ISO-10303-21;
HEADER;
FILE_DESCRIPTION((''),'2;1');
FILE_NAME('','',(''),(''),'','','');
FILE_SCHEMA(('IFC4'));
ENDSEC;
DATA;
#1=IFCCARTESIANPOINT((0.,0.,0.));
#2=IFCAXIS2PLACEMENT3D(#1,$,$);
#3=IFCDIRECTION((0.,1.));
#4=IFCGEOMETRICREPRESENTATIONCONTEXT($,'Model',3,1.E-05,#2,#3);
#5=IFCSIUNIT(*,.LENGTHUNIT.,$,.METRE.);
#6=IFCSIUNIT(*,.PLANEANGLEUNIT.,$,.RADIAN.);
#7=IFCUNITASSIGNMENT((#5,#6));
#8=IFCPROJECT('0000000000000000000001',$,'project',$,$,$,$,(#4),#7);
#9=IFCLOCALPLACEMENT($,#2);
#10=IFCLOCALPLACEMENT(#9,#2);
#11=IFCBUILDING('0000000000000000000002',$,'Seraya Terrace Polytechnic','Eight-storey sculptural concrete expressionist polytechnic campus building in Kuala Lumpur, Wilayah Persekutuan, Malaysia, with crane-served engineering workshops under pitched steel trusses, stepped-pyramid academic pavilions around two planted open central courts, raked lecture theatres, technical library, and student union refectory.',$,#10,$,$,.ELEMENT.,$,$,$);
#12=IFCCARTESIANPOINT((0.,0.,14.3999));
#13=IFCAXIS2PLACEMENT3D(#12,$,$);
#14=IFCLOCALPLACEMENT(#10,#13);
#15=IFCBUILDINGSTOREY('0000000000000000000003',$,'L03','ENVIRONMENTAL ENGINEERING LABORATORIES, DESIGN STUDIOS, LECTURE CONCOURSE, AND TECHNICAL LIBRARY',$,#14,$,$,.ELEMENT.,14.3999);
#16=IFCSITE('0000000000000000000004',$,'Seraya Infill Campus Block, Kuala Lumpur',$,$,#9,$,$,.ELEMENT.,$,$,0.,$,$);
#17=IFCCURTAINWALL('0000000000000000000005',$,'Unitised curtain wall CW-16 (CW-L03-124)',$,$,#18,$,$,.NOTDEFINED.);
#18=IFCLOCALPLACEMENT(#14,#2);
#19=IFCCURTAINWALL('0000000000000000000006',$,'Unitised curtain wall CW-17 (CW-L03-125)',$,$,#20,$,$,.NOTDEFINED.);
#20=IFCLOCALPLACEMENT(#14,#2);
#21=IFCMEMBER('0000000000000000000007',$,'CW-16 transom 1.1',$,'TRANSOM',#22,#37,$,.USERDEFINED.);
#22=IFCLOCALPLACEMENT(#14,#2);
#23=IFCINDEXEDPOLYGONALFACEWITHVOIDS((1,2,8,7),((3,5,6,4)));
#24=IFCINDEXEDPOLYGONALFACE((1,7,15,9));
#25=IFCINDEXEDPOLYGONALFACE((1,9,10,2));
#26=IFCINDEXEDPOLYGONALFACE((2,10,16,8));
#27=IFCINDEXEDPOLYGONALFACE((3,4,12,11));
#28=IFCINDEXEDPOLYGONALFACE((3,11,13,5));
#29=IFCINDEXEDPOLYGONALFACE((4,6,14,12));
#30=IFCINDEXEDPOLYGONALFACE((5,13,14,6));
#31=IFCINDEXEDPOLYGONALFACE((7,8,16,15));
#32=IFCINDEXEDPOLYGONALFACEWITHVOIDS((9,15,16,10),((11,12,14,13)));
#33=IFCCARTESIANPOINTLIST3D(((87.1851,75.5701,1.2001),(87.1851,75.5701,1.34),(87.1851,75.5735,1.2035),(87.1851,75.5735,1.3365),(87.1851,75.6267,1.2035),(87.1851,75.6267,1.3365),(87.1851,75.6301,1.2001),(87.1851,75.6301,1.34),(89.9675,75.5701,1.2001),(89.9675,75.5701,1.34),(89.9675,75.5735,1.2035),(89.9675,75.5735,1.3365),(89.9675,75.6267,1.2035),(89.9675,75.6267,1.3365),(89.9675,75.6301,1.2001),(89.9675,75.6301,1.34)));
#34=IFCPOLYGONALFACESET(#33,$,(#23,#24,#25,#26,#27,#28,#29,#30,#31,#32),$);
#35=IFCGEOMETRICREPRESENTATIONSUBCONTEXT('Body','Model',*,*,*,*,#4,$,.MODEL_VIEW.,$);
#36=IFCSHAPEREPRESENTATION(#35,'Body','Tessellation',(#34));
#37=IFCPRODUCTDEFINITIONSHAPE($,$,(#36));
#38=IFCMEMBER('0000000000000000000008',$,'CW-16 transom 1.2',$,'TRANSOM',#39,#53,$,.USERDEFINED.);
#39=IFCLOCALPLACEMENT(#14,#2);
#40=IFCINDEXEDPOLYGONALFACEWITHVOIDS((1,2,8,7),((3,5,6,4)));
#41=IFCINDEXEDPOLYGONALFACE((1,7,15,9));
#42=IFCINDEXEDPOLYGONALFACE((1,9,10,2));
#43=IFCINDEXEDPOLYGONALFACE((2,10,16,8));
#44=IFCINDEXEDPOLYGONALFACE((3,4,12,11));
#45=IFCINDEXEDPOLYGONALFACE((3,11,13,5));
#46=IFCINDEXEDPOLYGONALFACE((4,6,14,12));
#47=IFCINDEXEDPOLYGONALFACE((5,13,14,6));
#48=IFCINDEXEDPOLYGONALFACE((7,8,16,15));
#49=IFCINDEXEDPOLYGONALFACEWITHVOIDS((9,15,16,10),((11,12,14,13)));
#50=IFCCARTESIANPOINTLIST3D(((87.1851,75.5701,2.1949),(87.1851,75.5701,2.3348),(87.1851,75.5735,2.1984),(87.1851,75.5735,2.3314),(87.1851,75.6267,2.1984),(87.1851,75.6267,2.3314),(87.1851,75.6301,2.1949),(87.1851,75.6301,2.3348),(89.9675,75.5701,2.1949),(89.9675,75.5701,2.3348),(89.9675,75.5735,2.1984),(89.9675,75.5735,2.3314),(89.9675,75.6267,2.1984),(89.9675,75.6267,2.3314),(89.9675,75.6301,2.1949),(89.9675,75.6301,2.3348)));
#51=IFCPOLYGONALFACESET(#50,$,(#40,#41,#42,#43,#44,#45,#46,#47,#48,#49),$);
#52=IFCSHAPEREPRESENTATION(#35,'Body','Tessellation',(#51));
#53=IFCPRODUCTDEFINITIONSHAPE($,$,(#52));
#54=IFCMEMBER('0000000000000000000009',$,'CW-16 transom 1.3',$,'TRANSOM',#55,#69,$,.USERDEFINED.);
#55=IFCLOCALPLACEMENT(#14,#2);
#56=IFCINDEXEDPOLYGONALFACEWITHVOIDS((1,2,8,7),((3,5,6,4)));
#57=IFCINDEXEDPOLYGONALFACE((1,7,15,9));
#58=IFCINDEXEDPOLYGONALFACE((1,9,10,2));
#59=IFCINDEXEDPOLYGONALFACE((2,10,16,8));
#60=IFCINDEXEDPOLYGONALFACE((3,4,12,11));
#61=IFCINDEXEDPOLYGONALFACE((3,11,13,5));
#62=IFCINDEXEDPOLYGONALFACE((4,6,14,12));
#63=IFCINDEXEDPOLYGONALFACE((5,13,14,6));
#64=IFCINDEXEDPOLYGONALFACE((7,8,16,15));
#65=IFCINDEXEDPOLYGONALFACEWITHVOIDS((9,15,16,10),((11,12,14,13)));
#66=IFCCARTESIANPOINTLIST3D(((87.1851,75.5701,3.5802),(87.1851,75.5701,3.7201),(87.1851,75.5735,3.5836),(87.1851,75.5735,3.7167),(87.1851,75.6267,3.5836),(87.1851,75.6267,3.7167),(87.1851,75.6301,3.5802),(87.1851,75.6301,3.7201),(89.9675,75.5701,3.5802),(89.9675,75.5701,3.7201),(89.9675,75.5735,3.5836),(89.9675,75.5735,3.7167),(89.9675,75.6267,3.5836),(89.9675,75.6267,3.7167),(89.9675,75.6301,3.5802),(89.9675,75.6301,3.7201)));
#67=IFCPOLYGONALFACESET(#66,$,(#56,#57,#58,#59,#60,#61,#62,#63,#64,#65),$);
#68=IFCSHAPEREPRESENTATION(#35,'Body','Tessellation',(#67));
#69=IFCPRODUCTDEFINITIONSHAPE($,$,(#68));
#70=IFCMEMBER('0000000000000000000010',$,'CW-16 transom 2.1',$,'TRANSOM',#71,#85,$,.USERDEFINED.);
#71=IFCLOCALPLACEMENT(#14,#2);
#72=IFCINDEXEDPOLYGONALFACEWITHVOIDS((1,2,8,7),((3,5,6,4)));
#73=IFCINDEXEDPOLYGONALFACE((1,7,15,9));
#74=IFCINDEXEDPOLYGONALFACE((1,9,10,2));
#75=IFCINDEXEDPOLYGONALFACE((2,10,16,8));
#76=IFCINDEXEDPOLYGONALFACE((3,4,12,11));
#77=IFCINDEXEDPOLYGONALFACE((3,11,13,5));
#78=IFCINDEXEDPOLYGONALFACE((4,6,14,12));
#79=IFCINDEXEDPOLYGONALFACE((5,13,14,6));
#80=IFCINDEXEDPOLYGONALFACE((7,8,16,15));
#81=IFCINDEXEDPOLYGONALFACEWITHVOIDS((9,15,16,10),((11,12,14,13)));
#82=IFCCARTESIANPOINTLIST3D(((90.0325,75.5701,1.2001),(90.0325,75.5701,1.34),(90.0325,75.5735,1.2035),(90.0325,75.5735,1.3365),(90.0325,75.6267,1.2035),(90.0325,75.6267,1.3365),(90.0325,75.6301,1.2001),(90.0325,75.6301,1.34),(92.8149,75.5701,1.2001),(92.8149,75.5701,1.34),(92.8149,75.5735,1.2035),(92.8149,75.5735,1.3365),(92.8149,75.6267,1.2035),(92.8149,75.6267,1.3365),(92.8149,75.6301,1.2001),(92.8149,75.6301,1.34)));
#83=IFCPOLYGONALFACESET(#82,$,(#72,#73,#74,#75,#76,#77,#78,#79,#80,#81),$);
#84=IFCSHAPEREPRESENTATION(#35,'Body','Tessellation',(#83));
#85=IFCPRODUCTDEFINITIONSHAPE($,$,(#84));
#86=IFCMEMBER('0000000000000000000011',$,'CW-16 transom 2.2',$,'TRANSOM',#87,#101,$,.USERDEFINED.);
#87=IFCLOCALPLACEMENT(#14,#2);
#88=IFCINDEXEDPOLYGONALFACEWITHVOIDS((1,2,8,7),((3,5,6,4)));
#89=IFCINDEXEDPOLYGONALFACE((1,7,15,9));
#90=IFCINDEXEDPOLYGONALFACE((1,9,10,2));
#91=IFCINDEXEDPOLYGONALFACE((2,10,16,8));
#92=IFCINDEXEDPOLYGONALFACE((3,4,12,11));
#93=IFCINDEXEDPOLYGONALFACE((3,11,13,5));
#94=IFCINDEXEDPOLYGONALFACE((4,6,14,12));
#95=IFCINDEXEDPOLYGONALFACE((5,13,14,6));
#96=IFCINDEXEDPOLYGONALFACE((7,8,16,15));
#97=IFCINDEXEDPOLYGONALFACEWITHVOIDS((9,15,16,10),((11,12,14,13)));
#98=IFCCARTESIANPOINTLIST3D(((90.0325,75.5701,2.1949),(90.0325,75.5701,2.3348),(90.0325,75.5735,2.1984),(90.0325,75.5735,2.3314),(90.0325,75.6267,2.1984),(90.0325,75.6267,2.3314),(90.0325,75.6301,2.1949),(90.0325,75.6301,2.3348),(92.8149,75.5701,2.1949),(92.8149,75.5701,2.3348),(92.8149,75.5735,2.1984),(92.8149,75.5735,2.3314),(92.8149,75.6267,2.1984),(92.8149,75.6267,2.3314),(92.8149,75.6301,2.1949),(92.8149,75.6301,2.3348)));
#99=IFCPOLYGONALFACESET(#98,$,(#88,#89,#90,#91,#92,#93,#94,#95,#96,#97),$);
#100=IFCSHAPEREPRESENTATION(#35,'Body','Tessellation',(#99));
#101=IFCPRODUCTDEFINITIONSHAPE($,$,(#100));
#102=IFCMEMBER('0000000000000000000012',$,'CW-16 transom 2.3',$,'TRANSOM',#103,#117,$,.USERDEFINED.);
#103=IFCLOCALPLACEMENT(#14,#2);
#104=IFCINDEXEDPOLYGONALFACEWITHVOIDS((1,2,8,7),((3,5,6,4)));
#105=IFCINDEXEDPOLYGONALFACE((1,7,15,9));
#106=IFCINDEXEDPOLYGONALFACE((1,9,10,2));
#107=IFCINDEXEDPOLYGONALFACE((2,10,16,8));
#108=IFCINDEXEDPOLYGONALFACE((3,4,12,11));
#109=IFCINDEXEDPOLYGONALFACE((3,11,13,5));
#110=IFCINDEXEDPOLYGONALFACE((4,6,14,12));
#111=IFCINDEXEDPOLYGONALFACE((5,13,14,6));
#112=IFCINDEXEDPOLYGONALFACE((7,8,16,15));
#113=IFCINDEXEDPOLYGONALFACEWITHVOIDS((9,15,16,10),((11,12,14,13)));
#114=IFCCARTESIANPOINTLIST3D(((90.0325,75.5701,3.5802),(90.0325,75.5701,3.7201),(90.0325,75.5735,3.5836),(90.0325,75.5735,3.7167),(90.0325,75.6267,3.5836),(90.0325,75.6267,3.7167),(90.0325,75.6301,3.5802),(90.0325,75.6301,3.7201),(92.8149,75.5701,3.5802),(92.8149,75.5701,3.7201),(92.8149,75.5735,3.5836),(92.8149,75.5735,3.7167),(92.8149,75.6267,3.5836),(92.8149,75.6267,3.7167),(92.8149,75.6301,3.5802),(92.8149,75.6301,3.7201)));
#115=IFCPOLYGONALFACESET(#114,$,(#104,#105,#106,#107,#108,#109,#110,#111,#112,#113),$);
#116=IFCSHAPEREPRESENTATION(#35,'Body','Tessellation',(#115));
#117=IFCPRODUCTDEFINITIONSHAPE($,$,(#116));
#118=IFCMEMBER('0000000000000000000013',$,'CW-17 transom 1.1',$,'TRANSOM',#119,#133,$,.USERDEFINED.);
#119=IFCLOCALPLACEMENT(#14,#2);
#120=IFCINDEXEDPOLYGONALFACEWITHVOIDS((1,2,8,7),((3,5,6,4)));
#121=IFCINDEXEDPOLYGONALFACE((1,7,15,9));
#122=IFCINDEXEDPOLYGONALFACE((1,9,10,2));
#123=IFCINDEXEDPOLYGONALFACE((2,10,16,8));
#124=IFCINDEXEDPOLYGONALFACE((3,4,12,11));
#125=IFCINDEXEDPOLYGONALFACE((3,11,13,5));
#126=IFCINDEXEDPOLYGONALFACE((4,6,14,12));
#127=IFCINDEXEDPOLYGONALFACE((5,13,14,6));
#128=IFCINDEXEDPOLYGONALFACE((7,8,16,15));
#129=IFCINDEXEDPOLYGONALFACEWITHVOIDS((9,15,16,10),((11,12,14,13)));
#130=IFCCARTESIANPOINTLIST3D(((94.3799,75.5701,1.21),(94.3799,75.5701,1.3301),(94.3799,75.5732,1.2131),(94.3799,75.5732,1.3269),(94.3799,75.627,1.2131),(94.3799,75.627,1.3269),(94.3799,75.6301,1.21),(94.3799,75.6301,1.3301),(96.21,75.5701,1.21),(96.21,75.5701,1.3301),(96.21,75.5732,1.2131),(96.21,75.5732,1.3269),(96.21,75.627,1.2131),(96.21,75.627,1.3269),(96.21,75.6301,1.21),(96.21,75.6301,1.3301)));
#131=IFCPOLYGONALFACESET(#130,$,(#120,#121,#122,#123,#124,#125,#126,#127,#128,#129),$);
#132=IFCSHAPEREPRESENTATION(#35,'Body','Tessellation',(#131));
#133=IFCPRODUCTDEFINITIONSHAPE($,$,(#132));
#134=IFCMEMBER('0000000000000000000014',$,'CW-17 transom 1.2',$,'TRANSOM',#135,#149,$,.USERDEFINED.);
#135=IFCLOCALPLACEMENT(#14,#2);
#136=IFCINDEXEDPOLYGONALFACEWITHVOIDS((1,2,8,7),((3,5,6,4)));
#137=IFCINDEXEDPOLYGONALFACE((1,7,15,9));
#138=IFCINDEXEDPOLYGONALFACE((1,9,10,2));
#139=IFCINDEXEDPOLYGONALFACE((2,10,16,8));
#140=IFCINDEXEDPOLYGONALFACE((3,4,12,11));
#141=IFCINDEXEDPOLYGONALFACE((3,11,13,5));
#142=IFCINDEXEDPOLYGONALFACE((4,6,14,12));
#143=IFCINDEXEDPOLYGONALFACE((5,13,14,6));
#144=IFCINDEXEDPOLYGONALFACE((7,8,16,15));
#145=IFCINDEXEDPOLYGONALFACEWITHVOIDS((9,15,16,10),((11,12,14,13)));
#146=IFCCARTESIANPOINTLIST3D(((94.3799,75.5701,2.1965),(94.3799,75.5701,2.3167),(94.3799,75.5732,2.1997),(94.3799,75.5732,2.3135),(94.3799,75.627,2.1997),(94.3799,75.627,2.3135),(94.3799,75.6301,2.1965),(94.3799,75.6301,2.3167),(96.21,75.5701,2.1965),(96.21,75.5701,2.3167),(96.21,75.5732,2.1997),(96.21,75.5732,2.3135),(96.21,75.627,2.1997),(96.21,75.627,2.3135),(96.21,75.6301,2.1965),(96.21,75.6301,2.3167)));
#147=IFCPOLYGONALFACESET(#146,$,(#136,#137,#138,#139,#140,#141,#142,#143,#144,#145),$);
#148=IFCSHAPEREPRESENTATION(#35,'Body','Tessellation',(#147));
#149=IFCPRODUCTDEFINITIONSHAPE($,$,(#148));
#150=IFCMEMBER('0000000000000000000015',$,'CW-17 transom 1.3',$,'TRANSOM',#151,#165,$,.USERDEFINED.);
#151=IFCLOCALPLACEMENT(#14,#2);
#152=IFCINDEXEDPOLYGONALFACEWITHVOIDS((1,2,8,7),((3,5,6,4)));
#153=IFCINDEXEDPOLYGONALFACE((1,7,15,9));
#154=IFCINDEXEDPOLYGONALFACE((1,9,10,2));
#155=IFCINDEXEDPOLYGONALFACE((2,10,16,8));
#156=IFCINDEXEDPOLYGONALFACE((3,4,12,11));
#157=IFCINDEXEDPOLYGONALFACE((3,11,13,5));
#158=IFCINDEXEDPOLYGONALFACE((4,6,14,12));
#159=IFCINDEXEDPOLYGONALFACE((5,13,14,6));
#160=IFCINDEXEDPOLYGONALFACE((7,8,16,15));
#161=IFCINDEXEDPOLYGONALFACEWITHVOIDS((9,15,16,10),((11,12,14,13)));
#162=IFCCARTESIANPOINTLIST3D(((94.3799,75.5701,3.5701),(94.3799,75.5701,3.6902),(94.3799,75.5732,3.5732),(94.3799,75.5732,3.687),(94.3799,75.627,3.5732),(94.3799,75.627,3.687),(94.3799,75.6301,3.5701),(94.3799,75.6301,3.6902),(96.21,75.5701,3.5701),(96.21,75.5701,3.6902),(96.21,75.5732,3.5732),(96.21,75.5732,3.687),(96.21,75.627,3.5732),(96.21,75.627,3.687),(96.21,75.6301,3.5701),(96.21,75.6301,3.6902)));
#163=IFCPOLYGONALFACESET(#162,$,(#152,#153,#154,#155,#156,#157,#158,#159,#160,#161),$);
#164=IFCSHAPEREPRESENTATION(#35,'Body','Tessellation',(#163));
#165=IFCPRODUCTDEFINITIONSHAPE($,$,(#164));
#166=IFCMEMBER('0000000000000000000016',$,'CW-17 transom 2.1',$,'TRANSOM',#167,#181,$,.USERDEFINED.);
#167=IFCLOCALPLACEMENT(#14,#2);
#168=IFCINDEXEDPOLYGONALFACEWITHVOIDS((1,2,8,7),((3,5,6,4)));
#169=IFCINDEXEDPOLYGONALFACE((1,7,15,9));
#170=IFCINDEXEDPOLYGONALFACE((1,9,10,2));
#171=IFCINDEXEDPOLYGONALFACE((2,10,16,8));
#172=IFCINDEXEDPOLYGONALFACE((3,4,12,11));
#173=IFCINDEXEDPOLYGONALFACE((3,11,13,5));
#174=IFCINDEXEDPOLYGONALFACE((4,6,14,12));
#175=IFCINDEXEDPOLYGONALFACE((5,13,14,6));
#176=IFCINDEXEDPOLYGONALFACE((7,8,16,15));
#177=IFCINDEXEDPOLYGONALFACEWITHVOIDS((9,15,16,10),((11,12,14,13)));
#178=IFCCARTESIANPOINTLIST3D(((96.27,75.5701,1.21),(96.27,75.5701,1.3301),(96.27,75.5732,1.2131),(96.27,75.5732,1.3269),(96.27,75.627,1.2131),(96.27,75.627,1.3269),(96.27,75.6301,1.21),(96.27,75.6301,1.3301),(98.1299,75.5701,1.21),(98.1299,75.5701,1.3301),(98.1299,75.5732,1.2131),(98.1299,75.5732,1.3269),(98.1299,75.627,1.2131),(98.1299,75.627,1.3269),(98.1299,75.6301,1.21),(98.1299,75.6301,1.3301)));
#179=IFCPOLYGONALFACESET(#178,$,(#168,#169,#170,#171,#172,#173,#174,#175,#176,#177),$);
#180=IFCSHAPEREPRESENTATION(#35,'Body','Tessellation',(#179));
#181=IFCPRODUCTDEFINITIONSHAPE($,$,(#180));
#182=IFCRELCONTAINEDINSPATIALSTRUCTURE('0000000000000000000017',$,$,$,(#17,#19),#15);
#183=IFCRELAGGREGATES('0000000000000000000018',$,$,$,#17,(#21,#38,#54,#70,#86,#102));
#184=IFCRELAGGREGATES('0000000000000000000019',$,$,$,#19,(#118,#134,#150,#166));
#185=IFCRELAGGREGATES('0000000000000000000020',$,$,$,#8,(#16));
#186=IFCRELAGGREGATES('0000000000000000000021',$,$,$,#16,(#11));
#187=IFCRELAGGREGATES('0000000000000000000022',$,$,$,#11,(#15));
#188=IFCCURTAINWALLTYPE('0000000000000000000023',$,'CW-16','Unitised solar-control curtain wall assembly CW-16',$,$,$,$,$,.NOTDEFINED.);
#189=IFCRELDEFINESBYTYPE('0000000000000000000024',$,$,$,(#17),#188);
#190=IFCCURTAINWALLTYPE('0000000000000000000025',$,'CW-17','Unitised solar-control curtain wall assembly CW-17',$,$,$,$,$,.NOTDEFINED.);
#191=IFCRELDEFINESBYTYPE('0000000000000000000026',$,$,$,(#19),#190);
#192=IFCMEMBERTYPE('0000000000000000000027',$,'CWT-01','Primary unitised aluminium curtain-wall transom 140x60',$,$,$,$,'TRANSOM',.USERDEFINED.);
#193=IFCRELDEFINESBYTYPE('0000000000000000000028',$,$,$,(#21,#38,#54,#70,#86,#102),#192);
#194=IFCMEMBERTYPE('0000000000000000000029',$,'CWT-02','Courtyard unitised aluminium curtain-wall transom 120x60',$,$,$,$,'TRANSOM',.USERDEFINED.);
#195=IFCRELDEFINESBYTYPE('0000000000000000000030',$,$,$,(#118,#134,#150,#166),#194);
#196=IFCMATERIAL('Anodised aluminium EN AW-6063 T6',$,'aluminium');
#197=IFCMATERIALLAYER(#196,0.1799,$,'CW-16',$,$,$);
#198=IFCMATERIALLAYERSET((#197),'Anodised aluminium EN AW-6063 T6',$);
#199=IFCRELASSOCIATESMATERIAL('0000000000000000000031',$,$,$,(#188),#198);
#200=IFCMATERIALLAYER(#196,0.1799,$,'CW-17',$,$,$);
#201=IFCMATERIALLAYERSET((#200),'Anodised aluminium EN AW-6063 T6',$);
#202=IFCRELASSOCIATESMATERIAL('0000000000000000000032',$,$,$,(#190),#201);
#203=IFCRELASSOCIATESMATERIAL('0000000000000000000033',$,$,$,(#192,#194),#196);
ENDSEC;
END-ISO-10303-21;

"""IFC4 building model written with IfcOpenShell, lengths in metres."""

from ifc_helpers import new_model, si_unit, direction, frame, origin, origin_2d, place, context, subcontext, project, spatial, hollow_rectangle, extrude, material, layer, layer_set, material_profile, profile_set, type_object, element, aggregate, save


model = new_model("IFC4")

# Units and contexts
model_context = context("Model", 3, precision=1e-05, world=origin(), true_north=direction((0.0, 1.0)))
body_context = subcontext(model_context, "Body", "Model", "MODEL_VIEW")
ifc_project = project(units=[si_unit("LENGTHUNIT", "METRE"), si_unit("PLANEANGLEUNIT", "RADIAN")], contexts=[model_context])

# Site, building, storey
site_placement = place(None, origin())
site = spatial("IfcSite", under=ifc_project, at=site_placement, Name="Seraya Infill Campus Block, Kuala Lumpur", CompositionType="ELEMENT", RefElevation=0.0)
building_placement = place(site_placement, origin())
building = spatial("IfcBuilding", under=site, at=building_placement, Name="Seraya Terrace Polytechnic", Description="Eight-storey sculptural concrete expressionist polytechnic campus building in Kuala Lumpur, Wilayah Persekutuan, Malaysia, with crane-served engineering workshops under pitched steel trusses, stepped-pyramid academic pavilions around two planted open central courts, raked lecture theatres, technical library, and student union refectory.", CompositionType="ELEMENT")
storey_placement = place(building_placement, frame((0.0, 0.0, 14.3999)))
storey = spatial("IfcBuildingStorey", under=building, at=storey_placement, Name="L03", Description="ENVIRONMENTAL ENGINEERING LABORATORIES, DESIGN STUDIOS, LECTURE CONCOURSE, AND TECHNICAL LIBRARY", CompositionType="ELEMENT", Elevation=14.3999)

# Curtain walls
ifc_material_1 = material(Name="Anodised aluminium EN AW-6063 T6", Category="aluminium")
ifc_layer_1 = layer(ifc_material_1, 0.1799, Name="CW-16")
ifc_layer_set_1 = layer_set([ifc_layer_1], Name="Anodised aluminium EN AW-6063 T6")
curtain_wall_type_1 = type_object("IfcCurtainWallType", Name="CW-16", Description="Unitised solar-control curtain wall assembly CW-16", PredefinedType="NOTDEFINED", material=ifc_layer_set_1)
curtain_wall_1_placement = place(storey_placement, origin())
curtain_wall_1 = element("IfcCurtainWall", 1, at=curtain_wall_1_placement, inside=storey, type_object=curtain_wall_type_1, Name="Unitised curtain wall CW-16 (CW-L03-124)", PredefinedType="NOTDEFINED")
ifc_layer_2 = layer(ifc_material_1, 0.1799, Name="CW-17")
ifc_layer_set_2 = layer_set([ifc_layer_2], Name="Anodised aluminium EN AW-6063 T6")
curtain_wall_type_2 = type_object("IfcCurtainWallType", Name="CW-17", Description="Unitised solar-control curtain wall assembly CW-17", PredefinedType="NOTDEFINED", material=ifc_layer_set_2)
curtain_wall_2_placement = place(storey_placement, origin())
curtain_wall_2 = element("IfcCurtainWall", 2, at=curtain_wall_2_placement, inside=storey, type_object=curtain_wall_type_2, Name="Unitised curtain wall CW-17 (CW-L03-125)", PredefinedType="NOTDEFINED")

# Members
ifc_material_profile_1 = material_profile(ifc_material_1, hollow_rectangle(XDim=0.0601, YDim=0.1399, WallThickness=0.0034, at=origin_2d()), Name="RHS 140x60x3.5")
ifc_profile_set_1 = profile_set([ifc_material_profile_1], Name="Anodised aluminium EN AW-6063 T6")
member_type_1 = type_object("IfcMemberType", Name="CWT-01", Description="Primary unitised aluminium curtain-wall transom 140x60", ElementType="TRANSOM", PredefinedType="USERDEFINED", material=ifc_profile_set_1)
member_1_placement = place(storey_placement, frame((87.1851, 75.6001, 1.27), z_axis=(1.0, 0.0, 0.0), x_axis=(0.0, 1.0, 0.0)))
member_1 = element("IfcMember", 3, at=member_1_placement, type_object=member_type_1, Name="CW-16 transom 1.1", ObjectType="TRANSOM", PredefinedType="USERDEFINED", context=body_context, shape_type="SweptSolid", body=[
    extrude(hollow_rectangle(XDim=0.0601, YDim=0.1399, WallThickness=0.0034, at=origin_2d()), origin(), (0.0, 0.0, 1.0), 2.7825),
])
member_2_placement = place(storey_placement, frame((87.1851, 75.6001, 2.2649), z_axis=(1.0, 0.0, 0.0), x_axis=(0.0, 1.0, 0.0)))
member_2 = element("IfcMember", 4, at=member_2_placement, type_object=member_type_1, Name="CW-16 transom 1.2", ObjectType="TRANSOM", PredefinedType="USERDEFINED", context=body_context, shape_type="SweptSolid", body=[
    extrude(hollow_rectangle(XDim=0.0601, YDim=0.1399, WallThickness=0.0034, at=origin_2d()), origin(), (0.0, 0.0, 1.0), 2.7825),
])
member_3_placement = place(storey_placement, frame((87.1851, 75.6001, 3.6501), z_axis=(1.0, 0.0, 0.0), x_axis=(0.0, 1.0, 0.0)))
member_3 = element("IfcMember", 5, at=member_3_placement, type_object=member_type_1, Name="CW-16 transom 1.3", ObjectType="TRANSOM", PredefinedType="USERDEFINED", context=body_context, shape_type="SweptSolid", body=[
    extrude(hollow_rectangle(XDim=0.0601, YDim=0.1399, WallThickness=0.0034, at=origin_2d()), origin(), (0.0, 0.0, 1.0), 2.7825),
])
member_4_placement = place(storey_placement, frame((90.0325, 75.6001, 1.27), z_axis=(1.0, 0.0, 0.0), x_axis=(0.0, 1.0, 0.0)))
member_4 = element("IfcMember", 6, at=member_4_placement, type_object=member_type_1, Name="CW-16 transom 2.1", ObjectType="TRANSOM", PredefinedType="USERDEFINED", context=body_context, shape_type="SweptSolid", body=[
    extrude(hollow_rectangle(XDim=0.0601, YDim=0.1399, WallThickness=0.0034, at=origin_2d()), origin(), (0.0, 0.0, 1.0), 2.7825),
])
member_5_placement = place(storey_placement, frame((90.0325, 75.6001, 2.2649), z_axis=(1.0, 0.0, 0.0), x_axis=(0.0, 1.0, 0.0)))
member_5 = element("IfcMember", 7, at=member_5_placement, type_object=member_type_1, Name="CW-16 transom 2.2", ObjectType="TRANSOM", PredefinedType="USERDEFINED", context=body_context, shape_type="SweptSolid", body=[
    extrude(hollow_rectangle(XDim=0.0601, YDim=0.1399, WallThickness=0.0034, at=origin_2d()), origin(), (0.0, 0.0, 1.0), 2.7825),
])
member_6_placement = place(storey_placement, frame((90.0325, 75.6001, 3.6501), z_axis=(1.0, 0.0, 0.0), x_axis=(0.0, 1.0, 0.0)))
member_6 = element("IfcMember", 8, at=member_6_placement, type_object=member_type_1, Name="CW-16 transom 2.3", ObjectType="TRANSOM", PredefinedType="USERDEFINED", context=body_context, shape_type="SweptSolid", body=[
    extrude(hollow_rectangle(XDim=0.0601, YDim=0.1399, WallThickness=0.0034, at=origin_2d()), origin(), (0.0, 0.0, 1.0), 2.7825),
])
ifc_material_profile_2 = material_profile(ifc_material_1, hollow_rectangle(XDim=0.0601, YDim=0.1201, WallThickness=0.0032, at=origin_2d()), Name="RHS 120x60x3.2")
ifc_profile_set_2 = profile_set([ifc_material_profile_2], Name="Anodised aluminium EN AW-6063 T6")
member_type_2 = type_object("IfcMemberType", Name="CWT-02", Description="Courtyard unitised aluminium curtain-wall transom 120x60", ElementType="TRANSOM", PredefinedType="USERDEFINED", material=ifc_profile_set_2)
member_7_placement = place(storey_placement, frame((94.3799, 75.6001, 1.27), z_axis=(1.0, 0.0, 0.0), x_axis=(0.0, 1.0, 0.0)))
member_7 = element("IfcMember", 9, at=member_7_placement, type_object=member_type_2, Name="CW-17 transom 1.1", ObjectType="TRANSOM", PredefinedType="USERDEFINED", context=body_context, shape_type="SweptSolid", body=[
    extrude(hollow_rectangle(XDim=0.0601, YDim=0.1201, WallThickness=0.0032, at=origin_2d()), origin(), (0.0, 0.0, 1.0), 1.8301),
])
member_8_placement = place(storey_placement, frame((94.3799, 75.6001, 2.2566), z_axis=(1.0, 0.0, 0.0), x_axis=(0.0, 1.0, 0.0)))
member_8 = element("IfcMember", 10, at=member_8_placement, type_object=member_type_2, Name="CW-17 transom 1.2", ObjectType="TRANSOM", PredefinedType="USERDEFINED", context=body_context, shape_type="SweptSolid", body=[
    extrude(hollow_rectangle(XDim=0.0601, YDim=0.1201, WallThickness=0.0032, at=origin_2d()), origin(), (0.0, 0.0, 1.0), 1.8301),
])
member_9_placement = place(storey_placement, frame((94.3799, 75.6001, 3.6301), z_axis=(1.0, 0.0, 0.0), x_axis=(0.0, 1.0, 0.0)))
member_9 = element("IfcMember", 11, at=member_9_placement, type_object=member_type_2, Name="CW-17 transom 1.3", ObjectType="TRANSOM", PredefinedType="USERDEFINED", context=body_context, shape_type="SweptSolid", body=[
    extrude(hollow_rectangle(XDim=0.0601, YDim=0.1201, WallThickness=0.0032, at=origin_2d()), origin(), (0.0, 0.0, 1.0), 1.8301),
])
member_10_placement = place(storey_placement, frame((96.27, 75.6001, 1.27), z_axis=(1.0, 0.0, 0.0), x_axis=(0.0, 1.0, 0.0)))
member_10 = element("IfcMember", 12, at=member_10_placement, type_object=member_type_2, Name="CW-17 transom 2.1", ObjectType="TRANSOM", PredefinedType="USERDEFINED", context=body_context, shape_type="SweptSolid", body=[
    extrude(hollow_rectangle(XDim=0.0601, YDim=0.1201, WallThickness=0.0032, at=origin_2d()), origin(), (0.0, 0.0, 1.0), 1.8599),
])

aggregate(curtain_wall_1, [member_1, member_2, member_3, member_4, member_5, member_6])
aggregate(curtain_wall_2, [member_7, member_8, member_9, member_10])

save(model, "model.ifc")
